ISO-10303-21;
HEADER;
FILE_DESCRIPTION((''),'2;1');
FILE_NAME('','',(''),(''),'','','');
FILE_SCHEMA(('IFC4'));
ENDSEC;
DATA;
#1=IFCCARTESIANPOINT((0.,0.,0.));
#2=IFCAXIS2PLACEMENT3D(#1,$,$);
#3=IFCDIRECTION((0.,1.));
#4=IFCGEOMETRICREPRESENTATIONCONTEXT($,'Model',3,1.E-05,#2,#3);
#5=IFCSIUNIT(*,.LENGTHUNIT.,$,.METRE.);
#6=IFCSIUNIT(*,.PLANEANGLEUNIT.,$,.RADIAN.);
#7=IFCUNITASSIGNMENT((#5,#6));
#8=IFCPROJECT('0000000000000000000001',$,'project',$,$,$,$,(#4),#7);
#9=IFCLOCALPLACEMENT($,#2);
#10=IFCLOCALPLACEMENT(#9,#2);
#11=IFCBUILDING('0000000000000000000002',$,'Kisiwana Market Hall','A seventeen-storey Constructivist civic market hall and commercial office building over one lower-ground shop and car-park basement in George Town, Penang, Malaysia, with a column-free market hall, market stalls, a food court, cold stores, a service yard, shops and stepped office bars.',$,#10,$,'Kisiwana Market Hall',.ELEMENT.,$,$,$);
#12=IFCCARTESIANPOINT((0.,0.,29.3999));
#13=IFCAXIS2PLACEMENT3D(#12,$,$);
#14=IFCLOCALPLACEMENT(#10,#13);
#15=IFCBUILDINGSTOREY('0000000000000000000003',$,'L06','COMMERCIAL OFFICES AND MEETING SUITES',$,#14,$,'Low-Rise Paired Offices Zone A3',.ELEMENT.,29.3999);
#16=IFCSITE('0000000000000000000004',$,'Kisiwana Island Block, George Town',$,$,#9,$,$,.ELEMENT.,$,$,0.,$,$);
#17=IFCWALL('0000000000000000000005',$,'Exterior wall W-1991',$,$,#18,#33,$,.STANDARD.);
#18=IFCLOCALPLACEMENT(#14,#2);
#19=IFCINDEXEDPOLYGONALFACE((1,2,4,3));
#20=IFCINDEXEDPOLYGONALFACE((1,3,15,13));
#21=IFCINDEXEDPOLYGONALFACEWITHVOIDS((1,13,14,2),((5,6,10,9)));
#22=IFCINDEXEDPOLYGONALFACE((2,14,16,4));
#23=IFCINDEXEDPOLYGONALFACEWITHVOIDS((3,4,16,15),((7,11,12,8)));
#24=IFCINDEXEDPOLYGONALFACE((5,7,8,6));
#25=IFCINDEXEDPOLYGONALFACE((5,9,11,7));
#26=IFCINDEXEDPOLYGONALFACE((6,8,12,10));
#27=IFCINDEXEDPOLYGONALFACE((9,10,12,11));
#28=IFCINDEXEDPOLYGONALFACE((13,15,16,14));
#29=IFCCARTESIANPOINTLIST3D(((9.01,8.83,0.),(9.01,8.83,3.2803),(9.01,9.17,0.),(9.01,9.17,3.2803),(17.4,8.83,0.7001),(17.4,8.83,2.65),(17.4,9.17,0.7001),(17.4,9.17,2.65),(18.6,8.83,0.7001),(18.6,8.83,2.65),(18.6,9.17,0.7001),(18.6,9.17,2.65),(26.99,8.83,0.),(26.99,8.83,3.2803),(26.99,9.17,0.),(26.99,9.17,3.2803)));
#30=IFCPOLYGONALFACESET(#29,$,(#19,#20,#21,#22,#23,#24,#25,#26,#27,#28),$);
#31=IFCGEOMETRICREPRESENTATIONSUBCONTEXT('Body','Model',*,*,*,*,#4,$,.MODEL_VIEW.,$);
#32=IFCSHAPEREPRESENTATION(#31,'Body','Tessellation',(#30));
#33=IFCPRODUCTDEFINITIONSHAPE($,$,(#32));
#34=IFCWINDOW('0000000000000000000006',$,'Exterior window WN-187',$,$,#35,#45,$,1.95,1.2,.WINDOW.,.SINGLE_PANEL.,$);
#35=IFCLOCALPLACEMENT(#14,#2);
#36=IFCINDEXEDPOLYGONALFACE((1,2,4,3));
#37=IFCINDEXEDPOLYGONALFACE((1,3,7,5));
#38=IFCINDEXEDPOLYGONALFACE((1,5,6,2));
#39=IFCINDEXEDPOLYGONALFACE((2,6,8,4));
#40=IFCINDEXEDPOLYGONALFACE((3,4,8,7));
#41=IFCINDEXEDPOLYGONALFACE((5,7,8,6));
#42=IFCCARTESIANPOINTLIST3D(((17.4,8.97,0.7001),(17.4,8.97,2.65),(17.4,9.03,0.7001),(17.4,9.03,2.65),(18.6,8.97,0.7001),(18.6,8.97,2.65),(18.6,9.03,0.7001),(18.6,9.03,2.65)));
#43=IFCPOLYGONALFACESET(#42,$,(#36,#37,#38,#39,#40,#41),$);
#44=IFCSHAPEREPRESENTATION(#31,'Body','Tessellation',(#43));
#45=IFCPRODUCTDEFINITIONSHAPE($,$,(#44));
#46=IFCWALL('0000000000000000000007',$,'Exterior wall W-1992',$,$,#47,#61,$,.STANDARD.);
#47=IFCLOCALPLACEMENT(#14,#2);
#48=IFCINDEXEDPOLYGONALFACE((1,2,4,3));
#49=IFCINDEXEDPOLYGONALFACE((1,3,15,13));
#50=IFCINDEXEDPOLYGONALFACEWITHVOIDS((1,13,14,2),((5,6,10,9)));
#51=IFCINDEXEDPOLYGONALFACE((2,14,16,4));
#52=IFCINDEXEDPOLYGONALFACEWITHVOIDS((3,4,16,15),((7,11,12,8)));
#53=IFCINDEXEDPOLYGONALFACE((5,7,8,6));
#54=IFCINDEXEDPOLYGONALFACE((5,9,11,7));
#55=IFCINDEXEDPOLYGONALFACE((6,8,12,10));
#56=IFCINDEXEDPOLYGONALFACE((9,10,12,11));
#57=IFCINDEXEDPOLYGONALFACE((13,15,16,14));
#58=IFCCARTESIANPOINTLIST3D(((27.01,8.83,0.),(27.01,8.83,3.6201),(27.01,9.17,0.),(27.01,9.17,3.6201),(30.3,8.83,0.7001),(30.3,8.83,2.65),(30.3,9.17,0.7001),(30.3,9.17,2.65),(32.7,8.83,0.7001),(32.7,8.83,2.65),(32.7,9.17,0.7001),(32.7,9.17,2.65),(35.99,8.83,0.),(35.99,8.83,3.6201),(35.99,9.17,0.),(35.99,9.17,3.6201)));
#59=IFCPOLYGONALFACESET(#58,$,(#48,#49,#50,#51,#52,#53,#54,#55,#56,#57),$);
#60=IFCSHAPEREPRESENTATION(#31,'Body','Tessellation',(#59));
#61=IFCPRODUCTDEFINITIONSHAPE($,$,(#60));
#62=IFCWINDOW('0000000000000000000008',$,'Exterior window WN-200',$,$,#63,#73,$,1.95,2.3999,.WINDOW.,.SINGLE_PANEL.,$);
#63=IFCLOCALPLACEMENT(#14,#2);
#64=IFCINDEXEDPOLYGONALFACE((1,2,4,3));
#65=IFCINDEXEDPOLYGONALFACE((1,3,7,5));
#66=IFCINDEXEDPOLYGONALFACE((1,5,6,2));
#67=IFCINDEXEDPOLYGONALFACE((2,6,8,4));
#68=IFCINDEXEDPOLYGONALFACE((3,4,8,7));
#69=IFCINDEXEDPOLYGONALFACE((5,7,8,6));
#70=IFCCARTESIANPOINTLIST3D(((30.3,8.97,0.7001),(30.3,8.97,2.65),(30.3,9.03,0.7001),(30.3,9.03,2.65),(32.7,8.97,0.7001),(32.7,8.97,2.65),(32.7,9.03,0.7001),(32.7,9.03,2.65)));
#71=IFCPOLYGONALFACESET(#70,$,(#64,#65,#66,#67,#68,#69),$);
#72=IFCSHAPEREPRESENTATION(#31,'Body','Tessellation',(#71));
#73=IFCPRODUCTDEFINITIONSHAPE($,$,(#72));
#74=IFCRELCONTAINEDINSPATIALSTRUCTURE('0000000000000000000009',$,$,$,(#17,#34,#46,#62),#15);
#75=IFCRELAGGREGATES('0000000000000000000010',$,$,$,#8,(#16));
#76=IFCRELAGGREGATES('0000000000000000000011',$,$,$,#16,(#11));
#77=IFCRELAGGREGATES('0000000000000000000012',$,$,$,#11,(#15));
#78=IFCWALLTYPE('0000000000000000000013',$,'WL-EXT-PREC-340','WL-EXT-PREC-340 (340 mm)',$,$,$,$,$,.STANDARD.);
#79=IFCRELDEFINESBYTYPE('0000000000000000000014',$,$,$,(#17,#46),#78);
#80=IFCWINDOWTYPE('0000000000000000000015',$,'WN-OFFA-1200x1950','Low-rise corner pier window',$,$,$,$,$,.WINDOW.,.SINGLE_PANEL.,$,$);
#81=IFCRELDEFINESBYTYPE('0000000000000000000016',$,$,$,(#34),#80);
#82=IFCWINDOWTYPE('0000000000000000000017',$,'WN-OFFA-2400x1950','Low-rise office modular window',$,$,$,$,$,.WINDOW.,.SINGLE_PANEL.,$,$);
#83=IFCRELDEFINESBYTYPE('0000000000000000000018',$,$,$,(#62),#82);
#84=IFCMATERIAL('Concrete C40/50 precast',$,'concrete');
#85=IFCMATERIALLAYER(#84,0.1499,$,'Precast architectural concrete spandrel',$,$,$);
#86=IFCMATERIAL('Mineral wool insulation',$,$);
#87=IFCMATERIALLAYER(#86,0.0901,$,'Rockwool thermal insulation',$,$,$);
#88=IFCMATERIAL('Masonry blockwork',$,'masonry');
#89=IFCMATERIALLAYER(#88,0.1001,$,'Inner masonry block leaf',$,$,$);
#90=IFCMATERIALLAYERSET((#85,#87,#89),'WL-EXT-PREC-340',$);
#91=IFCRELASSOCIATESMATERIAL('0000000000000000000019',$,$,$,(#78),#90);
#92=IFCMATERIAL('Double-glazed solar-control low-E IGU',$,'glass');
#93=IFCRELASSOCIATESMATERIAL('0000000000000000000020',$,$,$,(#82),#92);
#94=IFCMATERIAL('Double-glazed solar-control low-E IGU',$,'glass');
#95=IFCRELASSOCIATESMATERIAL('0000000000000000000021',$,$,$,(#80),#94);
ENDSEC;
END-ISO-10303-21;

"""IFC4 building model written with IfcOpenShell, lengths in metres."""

from ifc_helpers import new_model, si_unit, direction, frame, frame_2d, origin, place, context, subcontext, project, spatial, rectangle, extrude, material, layer, layer_set, type_object, element, fill, save


model = new_model("IFC4")

# Units and contexts
model_context = context("Model", 3, precision=1e-05, world=origin(), true_north=direction((0.0, 1.0)))
body_context = subcontext(model_context, "Body", "Model", "MODEL_VIEW")
ifc_project = project(units=[si_unit("LENGTHUNIT", "METRE"), si_unit("PLANEANGLEUNIT", "RADIAN")], contexts=[model_context])

# Site, building, storey
site_placement = place(None, origin())
site = spatial("IfcSite", under=ifc_project, at=site_placement, Name="Kisiwana Island Block, George Town", CompositionType="ELEMENT", RefElevation=0.0)
building_placement = place(site_placement, origin())
building = spatial("IfcBuilding", under=site, at=building_placement, Name="Kisiwana Market Hall", Description="A seventeen-storey Constructivist civic market hall and commercial office building over one lower-ground shop and car-park basement in George Town, Penang, Malaysia, with a column-free market hall, market stalls, a food court, cold stores, a service yard, shops and stepped office bars.", LongName="Kisiwana Market Hall", CompositionType="ELEMENT")
storey_placement = place(building_placement, frame((0.0, 0.0, 29.3999)))
storey = spatial("IfcBuildingStorey", under=building, at=storey_placement, Name="L06", Description="COMMERCIAL OFFICES AND MEETING SUITES", LongName="Low-Rise Paired Offices Zone A3", CompositionType="ELEMENT", Elevation=29.3999)

# Walls, openings, windows
ifc_material_1 = material(Name="Concrete C40/50 precast", Category="concrete")
ifc_layer_1 = layer(ifc_material_1, 0.1499, Name="Precast architectural concrete spandrel")
ifc_material_2 = material(Name="Mineral wool insulation")
ifc_layer_2 = layer(ifc_material_2, 0.0901, Name="Rockwool thermal insulation")
ifc_material_3 = material(Name="Masonry blockwork", Category="masonry")
ifc_layer_3 = layer(ifc_material_3, 0.1001, Name="Inner masonry block leaf")
ifc_layer_set_1 = layer_set([ifc_layer_1, ifc_layer_2, ifc_layer_3], Name="WL-EXT-PREC-340")
wall_type_1 = type_object("IfcWallType", Name="WL-EXT-PREC-340", Description="WL-EXT-PREC-340 (340 mm)", PredefinedType="STANDARD", material=ifc_layer_set_1)
ifc_material_4 = material(Name="Double-glazed solar-control low-E IGU", Category="glass")
window_type_1 = type_object("IfcWindowType", Name="WN-OFFA-2400x1950", Description="Low-rise office modular window", PartitioningType="SINGLE_PANEL", PredefinedType="WINDOW", material=ifc_material_4)
wall_1_placement = place(storey_placement, frame((9.01, 9.0, 0.0), z_axis=(0.0, 0.0, 1.0), x_axis=(1.0, 0.0, 0.0)))
wall_1 = element("IfcWall", 1, at=wall_1_placement, inside=storey, type_object=wall_type_1, Name="Exterior wall W-1991", PredefinedType="STANDARD", context=body_context, shape_type="SweptSolid", body=[
    extrude(rectangle(XDim=17.98, YDim=0.3401, at=frame_2d((8.99, 0.0))), origin(), (0.0, 0.0, 1.0), 3.2803),
])
opening_1_placement = place(wall_1_placement, frame((8.3899, 0.0, 0.7)))
opening_1 = element("IfcOpeningElement", 2, at=opening_1_placement, cuts=wall_1, PredefinedType="OPENING", context=body_context, shape_type="SweptSolid", body=[
    extrude(rectangle(XDim=1.2, YDim=1.95, at=frame_2d((0.6001, 0.9751))), frame((0.0, 0.1821, 0.0), z_axis=(0.0, -1.0, 0.0), x_axis=(1.0, 0.0, 0.0)), (0.0, 0.0, 1.0), 0.364),
])
ifc_material_5 = material(Name="Double-glazed solar-control low-E IGU", Category="glass")
window_type_2 = type_object("IfcWindowType", Name="WN-OFFA-1200x1950", Description="Low-rise corner pier window", PartitioningType="SINGLE_PANEL", PredefinedType="WINDOW", material=ifc_material_5)
window_1_placement = place(opening_1_placement, origin())
window_1 = element("IfcWindow", 3, at=window_1_placement, inside=storey, type_object=window_type_2, Name="Exterior window WN-187", OverallHeight=1.95, OverallWidth=1.2, PartitioningType="SINGLE_PANEL", PredefinedType="WINDOW", context=body_context, shape_type="SweptSolid", body=[
    extrude(rectangle(XDim=1.2, YDim=1.95, at=frame_2d((0.6001, 0.9751))), frame((0.0, 0.03, 0.0), z_axis=(0.0, -1.0, 0.0), x_axis=(1.0, 0.0, 0.0)), (0.0, 0.0, 1.0), 0.0601),
])
fill(opening_1, window_1)
wall_2_placement = place(storey_placement, frame((27.01, 9.0, 0.0), z_axis=(0.0, 0.0, 1.0), x_axis=(1.0, 0.0, 0.0)))
wall_2 = element("IfcWall", 4, at=wall_2_placement, inside=storey, type_object=wall_type_1, Name="Exterior wall W-1992", PredefinedType="STANDARD", context=body_context, shape_type="SweptSolid", body=[
    extrude(rectangle(XDim=8.98, YDim=0.3401, at=frame_2d((4.49, 0.0))), origin(), (0.0, 0.0, 1.0), 3.6201),
])
opening_2_placement = place(wall_2_placement, frame((3.29, 0.0, 0.7)))
opening_2 = element("IfcOpeningElement", 5, at=opening_2_placement, cuts=wall_2, PredefinedType="OPENING", context=body_context, shape_type="SweptSolid", body=[
    extrude(rectangle(XDim=2.3999, YDim=1.95, at=frame_2d((1.2, 0.9751))), frame((0.0, 0.1821, 0.0), z_axis=(0.0, -1.0, 0.0), x_axis=(1.0, 0.0, 0.0)), (0.0, 0.0, 1.0), 0.364),
])
window_2_placement = place(opening_2_placement, origin())
window_2 = element("IfcWindow", 6, at=window_2_placement, inside=storey, type_object=window_type_1, Name="Exterior window WN-200", OverallHeight=1.95, OverallWidth=2.3999, PartitioningType="SINGLE_PANEL", PredefinedType="WINDOW", context=body_context, shape_type="SweptSolid", body=[
    extrude(rectangle(XDim=2.3999, YDim=1.95, at=frame_2d((1.2, 0.9751))), frame((0.0, 0.03, 0.0), z_axis=(0.0, -1.0, 0.0), x_axis=(1.0, 0.0, 0.0)), (0.0, 0.0, 1.0), 0.0601),
])
fill(opening_2, window_2)

save(model, "model.ifc")
